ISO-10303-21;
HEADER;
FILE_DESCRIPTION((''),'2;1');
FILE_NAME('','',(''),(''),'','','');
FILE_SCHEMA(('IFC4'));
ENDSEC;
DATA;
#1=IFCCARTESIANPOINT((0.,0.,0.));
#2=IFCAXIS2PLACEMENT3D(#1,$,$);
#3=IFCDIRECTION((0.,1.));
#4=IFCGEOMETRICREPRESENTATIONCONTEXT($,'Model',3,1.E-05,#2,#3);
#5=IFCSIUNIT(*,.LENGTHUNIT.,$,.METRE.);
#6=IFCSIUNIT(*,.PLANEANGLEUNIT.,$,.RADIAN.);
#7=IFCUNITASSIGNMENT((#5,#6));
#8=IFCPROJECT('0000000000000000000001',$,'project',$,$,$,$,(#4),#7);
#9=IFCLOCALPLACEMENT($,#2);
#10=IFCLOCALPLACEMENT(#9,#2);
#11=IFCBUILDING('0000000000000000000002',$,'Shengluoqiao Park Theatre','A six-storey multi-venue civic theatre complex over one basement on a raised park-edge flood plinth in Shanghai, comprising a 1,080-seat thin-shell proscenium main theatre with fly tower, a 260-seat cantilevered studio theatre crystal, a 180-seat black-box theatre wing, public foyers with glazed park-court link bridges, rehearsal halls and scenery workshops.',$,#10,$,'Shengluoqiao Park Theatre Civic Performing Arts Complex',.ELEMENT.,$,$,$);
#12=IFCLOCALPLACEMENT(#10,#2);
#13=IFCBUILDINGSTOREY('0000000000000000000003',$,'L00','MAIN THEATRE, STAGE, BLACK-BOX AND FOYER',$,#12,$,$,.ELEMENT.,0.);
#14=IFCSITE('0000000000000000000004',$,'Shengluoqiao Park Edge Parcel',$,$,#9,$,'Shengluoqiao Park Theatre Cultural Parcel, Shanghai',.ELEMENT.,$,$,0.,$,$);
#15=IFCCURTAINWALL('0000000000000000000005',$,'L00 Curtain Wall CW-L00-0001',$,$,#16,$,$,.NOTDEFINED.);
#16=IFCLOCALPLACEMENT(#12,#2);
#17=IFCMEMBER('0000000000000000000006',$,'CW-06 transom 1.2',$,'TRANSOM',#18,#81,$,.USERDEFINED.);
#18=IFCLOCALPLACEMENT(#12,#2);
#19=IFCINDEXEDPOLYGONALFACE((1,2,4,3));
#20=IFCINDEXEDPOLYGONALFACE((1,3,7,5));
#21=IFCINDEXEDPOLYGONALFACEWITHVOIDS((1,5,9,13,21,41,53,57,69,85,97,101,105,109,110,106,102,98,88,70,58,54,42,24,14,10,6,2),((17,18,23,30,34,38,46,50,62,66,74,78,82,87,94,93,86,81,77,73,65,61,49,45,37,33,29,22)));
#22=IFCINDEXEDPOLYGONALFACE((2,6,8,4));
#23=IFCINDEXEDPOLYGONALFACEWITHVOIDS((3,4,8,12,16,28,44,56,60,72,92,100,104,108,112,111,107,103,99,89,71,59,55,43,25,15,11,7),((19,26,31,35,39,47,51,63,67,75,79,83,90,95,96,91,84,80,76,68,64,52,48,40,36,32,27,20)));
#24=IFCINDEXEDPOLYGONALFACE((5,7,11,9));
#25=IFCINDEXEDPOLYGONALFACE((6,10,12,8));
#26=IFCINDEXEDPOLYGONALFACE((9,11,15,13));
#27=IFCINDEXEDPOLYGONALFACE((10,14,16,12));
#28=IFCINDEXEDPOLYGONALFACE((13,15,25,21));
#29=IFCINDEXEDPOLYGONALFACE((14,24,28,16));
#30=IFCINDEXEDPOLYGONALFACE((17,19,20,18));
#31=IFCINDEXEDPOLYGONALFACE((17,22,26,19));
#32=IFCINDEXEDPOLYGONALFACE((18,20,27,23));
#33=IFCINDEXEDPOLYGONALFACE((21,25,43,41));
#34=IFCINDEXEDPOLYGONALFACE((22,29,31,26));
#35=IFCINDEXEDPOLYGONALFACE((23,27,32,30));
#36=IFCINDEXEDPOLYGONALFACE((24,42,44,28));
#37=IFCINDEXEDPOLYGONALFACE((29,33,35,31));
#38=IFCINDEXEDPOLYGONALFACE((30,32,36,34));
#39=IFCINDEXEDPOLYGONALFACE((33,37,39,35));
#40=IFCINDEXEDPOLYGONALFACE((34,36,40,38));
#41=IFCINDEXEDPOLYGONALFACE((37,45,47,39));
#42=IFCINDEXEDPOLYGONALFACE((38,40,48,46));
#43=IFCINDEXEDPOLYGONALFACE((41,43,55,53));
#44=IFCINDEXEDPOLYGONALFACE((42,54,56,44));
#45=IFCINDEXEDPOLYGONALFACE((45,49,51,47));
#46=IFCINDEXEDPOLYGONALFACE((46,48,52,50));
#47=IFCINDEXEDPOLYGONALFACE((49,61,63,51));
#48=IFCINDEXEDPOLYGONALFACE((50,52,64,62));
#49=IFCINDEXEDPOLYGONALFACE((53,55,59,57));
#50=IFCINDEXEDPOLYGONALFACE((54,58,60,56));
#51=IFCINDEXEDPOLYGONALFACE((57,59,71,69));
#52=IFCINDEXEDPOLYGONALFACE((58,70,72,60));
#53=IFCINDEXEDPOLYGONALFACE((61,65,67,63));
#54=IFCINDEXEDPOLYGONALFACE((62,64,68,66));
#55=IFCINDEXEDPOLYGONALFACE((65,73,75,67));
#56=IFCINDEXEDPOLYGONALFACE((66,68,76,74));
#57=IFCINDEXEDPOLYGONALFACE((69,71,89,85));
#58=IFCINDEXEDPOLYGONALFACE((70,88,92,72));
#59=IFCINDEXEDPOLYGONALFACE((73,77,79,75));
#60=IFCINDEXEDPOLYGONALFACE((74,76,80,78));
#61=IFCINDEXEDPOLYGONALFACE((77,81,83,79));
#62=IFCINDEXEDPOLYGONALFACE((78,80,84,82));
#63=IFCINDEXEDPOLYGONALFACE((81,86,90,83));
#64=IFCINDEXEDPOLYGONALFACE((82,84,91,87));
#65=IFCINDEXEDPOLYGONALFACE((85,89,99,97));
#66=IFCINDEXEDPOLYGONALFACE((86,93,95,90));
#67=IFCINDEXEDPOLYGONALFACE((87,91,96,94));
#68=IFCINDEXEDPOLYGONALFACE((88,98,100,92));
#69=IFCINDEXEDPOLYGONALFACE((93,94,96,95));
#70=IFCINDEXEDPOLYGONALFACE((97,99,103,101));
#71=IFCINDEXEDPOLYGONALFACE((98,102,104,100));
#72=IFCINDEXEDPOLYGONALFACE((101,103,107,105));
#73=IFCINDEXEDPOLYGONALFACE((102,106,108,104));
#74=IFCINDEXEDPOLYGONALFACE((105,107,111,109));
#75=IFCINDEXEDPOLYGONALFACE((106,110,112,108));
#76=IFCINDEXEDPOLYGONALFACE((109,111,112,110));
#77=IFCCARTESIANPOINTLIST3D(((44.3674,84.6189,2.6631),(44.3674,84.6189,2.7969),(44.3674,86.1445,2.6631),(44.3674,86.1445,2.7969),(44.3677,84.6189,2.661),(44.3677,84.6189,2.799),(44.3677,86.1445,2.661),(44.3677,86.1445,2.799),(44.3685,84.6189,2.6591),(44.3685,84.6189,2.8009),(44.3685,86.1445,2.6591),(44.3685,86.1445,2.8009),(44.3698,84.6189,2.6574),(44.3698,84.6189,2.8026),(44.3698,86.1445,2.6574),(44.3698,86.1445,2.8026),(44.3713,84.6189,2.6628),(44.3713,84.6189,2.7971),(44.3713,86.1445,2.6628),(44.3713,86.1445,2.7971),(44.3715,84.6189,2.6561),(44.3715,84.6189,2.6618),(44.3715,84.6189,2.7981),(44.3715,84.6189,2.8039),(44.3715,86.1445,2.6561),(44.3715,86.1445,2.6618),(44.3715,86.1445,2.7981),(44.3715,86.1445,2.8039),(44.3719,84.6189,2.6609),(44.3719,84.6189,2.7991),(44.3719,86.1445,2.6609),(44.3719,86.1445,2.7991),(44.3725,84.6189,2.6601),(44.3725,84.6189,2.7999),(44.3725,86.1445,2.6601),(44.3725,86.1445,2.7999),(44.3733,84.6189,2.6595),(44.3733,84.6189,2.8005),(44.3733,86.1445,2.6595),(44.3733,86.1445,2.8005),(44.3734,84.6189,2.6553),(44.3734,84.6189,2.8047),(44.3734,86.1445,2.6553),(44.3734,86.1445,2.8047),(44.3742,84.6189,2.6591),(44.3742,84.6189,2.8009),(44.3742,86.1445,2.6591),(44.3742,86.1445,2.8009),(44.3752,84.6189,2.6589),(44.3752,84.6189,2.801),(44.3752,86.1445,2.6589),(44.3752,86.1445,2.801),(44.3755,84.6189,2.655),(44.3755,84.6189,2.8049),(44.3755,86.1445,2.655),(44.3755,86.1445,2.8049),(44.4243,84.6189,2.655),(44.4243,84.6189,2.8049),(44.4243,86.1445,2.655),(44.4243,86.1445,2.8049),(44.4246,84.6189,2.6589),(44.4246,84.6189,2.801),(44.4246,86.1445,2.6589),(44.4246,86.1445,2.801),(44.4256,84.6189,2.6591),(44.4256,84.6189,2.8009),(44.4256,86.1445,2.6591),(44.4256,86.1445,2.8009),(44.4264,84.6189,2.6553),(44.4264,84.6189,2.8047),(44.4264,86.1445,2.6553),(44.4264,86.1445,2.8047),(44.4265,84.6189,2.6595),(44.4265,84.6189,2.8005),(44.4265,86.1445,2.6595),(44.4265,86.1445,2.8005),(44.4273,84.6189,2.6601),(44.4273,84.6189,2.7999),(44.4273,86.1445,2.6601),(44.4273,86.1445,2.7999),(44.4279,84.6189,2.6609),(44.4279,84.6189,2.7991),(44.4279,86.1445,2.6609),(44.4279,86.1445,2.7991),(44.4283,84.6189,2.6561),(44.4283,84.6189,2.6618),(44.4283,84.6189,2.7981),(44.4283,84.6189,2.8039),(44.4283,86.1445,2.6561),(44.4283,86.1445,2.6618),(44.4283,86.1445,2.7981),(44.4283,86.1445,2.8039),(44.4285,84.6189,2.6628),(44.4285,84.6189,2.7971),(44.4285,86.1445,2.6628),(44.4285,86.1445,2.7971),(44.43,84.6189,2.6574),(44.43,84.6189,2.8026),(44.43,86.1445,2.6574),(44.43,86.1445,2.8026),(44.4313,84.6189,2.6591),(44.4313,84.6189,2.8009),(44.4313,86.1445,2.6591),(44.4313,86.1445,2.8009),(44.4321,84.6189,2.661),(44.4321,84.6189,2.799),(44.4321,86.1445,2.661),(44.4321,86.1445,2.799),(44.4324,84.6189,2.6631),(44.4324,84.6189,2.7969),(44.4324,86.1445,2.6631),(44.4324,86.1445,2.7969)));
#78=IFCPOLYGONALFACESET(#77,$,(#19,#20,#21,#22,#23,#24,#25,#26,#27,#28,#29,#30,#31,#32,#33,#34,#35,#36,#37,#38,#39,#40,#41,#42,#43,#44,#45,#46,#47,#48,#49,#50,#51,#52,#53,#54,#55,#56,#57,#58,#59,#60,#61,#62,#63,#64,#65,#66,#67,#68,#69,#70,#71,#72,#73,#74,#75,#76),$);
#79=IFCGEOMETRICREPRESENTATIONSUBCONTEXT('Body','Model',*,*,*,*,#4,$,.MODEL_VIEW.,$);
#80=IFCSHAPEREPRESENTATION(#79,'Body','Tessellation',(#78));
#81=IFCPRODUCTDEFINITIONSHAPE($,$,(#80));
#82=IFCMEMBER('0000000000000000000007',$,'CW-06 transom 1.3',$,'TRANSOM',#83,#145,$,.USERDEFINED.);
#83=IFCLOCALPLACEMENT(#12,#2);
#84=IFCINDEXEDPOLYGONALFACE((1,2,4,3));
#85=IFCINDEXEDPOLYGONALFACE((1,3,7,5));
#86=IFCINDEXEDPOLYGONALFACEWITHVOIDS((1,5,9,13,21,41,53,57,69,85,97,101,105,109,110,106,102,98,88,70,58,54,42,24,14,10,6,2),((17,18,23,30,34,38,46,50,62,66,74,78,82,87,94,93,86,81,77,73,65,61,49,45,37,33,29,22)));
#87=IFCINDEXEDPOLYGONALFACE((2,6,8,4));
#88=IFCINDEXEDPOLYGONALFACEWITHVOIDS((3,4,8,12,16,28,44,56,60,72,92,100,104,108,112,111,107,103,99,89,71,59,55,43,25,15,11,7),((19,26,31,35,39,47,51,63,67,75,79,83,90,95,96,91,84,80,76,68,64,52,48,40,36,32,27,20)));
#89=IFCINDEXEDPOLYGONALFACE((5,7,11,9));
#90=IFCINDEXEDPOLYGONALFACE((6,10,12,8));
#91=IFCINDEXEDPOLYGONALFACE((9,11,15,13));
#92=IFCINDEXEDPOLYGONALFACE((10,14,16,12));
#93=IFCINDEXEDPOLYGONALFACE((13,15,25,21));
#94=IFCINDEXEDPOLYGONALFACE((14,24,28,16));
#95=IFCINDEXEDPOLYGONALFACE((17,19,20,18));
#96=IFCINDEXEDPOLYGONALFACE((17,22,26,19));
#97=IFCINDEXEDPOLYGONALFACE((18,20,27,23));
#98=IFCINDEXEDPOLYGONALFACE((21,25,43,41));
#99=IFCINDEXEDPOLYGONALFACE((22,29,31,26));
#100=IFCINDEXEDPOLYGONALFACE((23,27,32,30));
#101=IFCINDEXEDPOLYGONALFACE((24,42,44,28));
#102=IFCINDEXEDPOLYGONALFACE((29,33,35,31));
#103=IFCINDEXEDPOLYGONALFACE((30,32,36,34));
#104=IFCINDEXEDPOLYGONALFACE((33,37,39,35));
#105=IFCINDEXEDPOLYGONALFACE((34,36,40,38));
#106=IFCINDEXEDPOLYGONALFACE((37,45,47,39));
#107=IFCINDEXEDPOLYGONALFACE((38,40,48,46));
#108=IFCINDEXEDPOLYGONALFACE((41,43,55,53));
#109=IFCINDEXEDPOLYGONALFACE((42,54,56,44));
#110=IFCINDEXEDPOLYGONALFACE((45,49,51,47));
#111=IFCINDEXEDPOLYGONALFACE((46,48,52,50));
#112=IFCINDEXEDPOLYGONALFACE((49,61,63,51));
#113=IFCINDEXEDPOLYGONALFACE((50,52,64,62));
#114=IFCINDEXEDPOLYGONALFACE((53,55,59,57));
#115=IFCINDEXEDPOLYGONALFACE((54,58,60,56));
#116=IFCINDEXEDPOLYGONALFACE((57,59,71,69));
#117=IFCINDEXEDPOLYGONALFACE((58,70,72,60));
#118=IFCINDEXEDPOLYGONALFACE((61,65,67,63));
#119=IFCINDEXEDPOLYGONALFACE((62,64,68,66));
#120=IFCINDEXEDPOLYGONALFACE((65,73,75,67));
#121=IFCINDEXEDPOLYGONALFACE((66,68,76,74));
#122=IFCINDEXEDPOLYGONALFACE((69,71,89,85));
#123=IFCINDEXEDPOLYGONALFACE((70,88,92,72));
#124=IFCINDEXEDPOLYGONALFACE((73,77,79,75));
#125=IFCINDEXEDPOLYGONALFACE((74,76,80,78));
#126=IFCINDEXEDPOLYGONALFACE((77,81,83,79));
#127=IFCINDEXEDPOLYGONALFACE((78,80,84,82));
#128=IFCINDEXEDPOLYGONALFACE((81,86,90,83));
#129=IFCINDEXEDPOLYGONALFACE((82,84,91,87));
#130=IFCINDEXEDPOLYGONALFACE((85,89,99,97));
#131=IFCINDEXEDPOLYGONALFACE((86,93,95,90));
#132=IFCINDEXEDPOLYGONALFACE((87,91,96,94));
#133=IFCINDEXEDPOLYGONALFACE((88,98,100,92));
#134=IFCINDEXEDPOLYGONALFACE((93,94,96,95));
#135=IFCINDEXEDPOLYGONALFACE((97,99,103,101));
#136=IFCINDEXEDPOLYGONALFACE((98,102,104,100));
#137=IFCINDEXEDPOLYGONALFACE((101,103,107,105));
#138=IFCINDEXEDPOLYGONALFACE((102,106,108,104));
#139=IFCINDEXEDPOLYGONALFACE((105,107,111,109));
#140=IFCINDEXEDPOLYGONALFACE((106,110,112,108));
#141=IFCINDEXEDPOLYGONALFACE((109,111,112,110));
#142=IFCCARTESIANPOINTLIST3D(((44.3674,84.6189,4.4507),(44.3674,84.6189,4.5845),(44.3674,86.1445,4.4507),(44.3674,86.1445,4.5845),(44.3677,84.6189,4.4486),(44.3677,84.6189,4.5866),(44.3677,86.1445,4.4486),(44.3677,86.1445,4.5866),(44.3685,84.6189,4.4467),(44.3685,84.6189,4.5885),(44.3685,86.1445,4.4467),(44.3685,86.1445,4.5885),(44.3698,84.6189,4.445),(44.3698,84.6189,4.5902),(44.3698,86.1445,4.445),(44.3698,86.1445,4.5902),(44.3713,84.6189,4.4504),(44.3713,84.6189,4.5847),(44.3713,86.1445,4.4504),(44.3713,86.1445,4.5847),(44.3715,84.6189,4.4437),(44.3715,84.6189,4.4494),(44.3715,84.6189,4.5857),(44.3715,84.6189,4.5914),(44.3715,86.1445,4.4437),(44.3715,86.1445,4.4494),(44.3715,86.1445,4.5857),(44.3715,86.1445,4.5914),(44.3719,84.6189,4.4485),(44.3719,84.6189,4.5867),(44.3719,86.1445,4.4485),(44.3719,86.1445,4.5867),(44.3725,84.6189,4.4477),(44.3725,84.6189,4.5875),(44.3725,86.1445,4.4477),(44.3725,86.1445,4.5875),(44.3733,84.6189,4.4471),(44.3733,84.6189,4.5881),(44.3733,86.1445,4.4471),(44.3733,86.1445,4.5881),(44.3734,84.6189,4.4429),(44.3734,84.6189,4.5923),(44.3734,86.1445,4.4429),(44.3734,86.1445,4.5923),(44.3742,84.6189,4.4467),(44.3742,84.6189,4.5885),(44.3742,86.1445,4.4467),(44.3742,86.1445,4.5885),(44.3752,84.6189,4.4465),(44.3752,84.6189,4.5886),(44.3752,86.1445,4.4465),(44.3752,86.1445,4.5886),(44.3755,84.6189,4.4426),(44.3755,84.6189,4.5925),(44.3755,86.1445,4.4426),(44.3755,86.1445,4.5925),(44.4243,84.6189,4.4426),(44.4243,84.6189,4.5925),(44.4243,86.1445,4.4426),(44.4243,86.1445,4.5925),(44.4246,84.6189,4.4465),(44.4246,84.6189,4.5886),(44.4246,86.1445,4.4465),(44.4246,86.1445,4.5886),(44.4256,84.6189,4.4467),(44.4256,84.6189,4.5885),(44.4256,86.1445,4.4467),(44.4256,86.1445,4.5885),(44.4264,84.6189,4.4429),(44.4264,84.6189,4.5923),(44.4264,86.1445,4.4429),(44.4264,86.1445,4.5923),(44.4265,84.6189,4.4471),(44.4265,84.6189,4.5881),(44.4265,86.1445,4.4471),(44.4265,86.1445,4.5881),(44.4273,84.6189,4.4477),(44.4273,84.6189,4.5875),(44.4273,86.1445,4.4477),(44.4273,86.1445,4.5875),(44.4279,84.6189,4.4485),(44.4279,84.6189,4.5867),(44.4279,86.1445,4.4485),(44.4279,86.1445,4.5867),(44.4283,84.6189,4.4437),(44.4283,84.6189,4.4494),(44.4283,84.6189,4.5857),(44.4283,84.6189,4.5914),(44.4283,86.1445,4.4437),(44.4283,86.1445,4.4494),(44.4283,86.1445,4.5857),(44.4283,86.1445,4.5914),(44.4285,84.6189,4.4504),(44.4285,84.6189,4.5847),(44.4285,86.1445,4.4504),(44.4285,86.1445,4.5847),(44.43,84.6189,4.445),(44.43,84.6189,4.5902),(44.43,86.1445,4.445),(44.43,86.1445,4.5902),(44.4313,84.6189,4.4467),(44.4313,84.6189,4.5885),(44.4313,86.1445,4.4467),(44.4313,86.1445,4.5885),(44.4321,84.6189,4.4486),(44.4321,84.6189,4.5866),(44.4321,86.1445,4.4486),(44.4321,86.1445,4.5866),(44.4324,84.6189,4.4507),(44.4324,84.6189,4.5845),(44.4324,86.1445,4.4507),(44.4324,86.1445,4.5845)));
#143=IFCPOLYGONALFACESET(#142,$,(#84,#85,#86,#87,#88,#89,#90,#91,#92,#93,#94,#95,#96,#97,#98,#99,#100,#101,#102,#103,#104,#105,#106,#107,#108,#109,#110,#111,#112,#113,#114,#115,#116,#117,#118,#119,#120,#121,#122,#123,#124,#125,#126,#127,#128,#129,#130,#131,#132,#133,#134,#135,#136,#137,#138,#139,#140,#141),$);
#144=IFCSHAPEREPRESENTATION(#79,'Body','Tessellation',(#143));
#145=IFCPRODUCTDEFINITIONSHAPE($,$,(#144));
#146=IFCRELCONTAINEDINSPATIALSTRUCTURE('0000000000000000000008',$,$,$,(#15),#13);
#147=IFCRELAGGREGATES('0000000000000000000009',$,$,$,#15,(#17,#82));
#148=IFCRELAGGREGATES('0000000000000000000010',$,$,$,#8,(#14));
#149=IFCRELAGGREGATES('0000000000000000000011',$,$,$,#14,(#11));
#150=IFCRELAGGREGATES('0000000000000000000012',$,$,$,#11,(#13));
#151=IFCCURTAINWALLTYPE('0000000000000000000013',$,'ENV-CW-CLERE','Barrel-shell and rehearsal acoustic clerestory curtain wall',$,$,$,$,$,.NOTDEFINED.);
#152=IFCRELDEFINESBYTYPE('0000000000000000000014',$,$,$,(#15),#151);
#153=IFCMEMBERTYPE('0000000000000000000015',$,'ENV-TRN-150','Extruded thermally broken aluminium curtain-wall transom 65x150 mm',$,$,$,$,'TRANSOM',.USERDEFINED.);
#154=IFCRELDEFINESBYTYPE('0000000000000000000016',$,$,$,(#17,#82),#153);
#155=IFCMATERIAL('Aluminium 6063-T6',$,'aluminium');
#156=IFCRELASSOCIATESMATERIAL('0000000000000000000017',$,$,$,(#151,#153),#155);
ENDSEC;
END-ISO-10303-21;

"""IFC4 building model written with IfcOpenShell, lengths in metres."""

from ifc_helpers import new_model, si_unit, direction, frame, origin, origin_2d, place, context, subcontext, project, spatial, hollow_rectangle, extrude, material, material_profile, profile_set, type_object, element, aggregate, save


model = new_model("IFC4")

# Units and contexts
model_context = context("Model", 3, precision=1e-05, world=origin(), true_north=direction((0.0, 1.0)))
body_context = subcontext(model_context, "Body", "Model", "MODEL_VIEW")
ifc_project = project(units=[si_unit("LENGTHUNIT", "METRE"), si_unit("PLANEANGLEUNIT", "RADIAN")], contexts=[model_context])

# Site, building, storey
site_placement = place(None, origin())
site = spatial("IfcSite", under=ifc_project, at=site_placement, Name="Shengluoqiao Park Edge Parcel", LongName="Shengluoqiao Park Theatre Cultural Parcel, Shanghai", CompositionType="ELEMENT", RefElevation=0.0)
building_placement = place(site_placement, origin())
building = spatial("IfcBuilding", under=site, at=building_placement, Name="Shengluoqiao Park Theatre", Description="A six-storey multi-venue civic theatre complex over one basement on a raised park-edge flood plinth in Shanghai, comprising a 1,080-seat thin-shell proscenium main theatre with fly tower, a 260-seat cantilevered studio theatre crystal, a 180-seat black-box theatre wing, public foyers with glazed park-court link bridges, rehearsal halls and scenery workshops.", LongName="Shengluoqiao Park Theatre Civic Performing Arts Complex", CompositionType="ELEMENT")
storey_placement = place(building_placement, origin())
storey = spatial("IfcBuildingStorey", under=building, at=storey_placement, Name="L00", Description="MAIN THEATRE, STAGE, BLACK-BOX AND FOYER", CompositionType="ELEMENT", Elevation=0.0)

# Curtain wall, members
ifc_material_1 = material(Name="Aluminium 6063-T6", Category="aluminium")
curtain_wall_type = type_object("IfcCurtainWallType", Name="ENV-CW-CLERE", Description="Barrel-shell and rehearsal acoustic clerestory curtain wall", PredefinedType="NOTDEFINED", material=ifc_material_1)
curtain_wall_placement = place(storey_placement, origin())
curtain_wall = element("IfcCurtainWall", 1, at=curtain_wall_placement, inside=storey, type_object=curtain_wall_type, Name="L00 Curtain Wall CW-L00-0001", PredefinedType="NOTDEFINED")
ifc_material_profile_1 = material_profile(ifc_material_1, hollow_rectangle(XDim=0.0649, YDim=0.1499, WallThickness=0.0039, InnerFilletRadius=0.0039, OuterFilletRadius=0.0081, at=origin_2d()), Name="ALU TRANSOM 150x65x4")
ifc_profile_set_1 = profile_set([ifc_material_profile_1], Name="Aluminium 6063-T6")
member_type_1 = type_object("IfcMemberType", Name="ENV-TRN-150", Description="Extruded thermally broken aluminium curtain-wall transom 65x150 mm", ElementType="TRANSOM", PredefinedType="USERDEFINED", material=ifc_profile_set_1)
member_1_placement = place(storey_placement, frame((44.3999, 84.6189, 2.73), z_axis=(0.0, 1.0, 0.0), x_axis=(-1.0, 0.0, 0.0)))
member_1 = element("IfcMember", 2, at=member_1_placement, type_object=member_type_1, Name="CW-06 transom 1.2", ObjectType="TRANSOM", PredefinedType="USERDEFINED", context=body_context, shape_type="SweptSolid", body=[
    extrude(hollow_rectangle(XDim=0.0649, YDim=0.1499, WallThickness=0.0039, InnerFilletRadius=0.0039, OuterFilletRadius=0.0081, at=origin_2d()), origin(), (0.0, 0.0, 1.0), 1.5256),
])
member_2_placement = place(storey_placement, frame((44.3999, 84.6189, 4.5176), z_axis=(0.0, 1.0, 0.0), x_axis=(-1.0, 0.0, 0.0)))
member_2 = element("IfcMember", 3, at=member_2_placement, type_object=member_type_1, Name="CW-06 transom 1.3", ObjectType="TRANSOM", PredefinedType="USERDEFINED", context=body_context, shape_type="SweptSolid", body=[
    extrude(hollow_rectangle(XDim=0.0649, YDim=0.1499, WallThickness=0.0039, InnerFilletRadius=0.0039, OuterFilletRadius=0.0081, at=origin_2d()), origin(), (0.0, 0.0, 1.0), 1.5256),
])

aggregate(curtain_wall, [member_1, member_2])

save(model, "model.ifc")
